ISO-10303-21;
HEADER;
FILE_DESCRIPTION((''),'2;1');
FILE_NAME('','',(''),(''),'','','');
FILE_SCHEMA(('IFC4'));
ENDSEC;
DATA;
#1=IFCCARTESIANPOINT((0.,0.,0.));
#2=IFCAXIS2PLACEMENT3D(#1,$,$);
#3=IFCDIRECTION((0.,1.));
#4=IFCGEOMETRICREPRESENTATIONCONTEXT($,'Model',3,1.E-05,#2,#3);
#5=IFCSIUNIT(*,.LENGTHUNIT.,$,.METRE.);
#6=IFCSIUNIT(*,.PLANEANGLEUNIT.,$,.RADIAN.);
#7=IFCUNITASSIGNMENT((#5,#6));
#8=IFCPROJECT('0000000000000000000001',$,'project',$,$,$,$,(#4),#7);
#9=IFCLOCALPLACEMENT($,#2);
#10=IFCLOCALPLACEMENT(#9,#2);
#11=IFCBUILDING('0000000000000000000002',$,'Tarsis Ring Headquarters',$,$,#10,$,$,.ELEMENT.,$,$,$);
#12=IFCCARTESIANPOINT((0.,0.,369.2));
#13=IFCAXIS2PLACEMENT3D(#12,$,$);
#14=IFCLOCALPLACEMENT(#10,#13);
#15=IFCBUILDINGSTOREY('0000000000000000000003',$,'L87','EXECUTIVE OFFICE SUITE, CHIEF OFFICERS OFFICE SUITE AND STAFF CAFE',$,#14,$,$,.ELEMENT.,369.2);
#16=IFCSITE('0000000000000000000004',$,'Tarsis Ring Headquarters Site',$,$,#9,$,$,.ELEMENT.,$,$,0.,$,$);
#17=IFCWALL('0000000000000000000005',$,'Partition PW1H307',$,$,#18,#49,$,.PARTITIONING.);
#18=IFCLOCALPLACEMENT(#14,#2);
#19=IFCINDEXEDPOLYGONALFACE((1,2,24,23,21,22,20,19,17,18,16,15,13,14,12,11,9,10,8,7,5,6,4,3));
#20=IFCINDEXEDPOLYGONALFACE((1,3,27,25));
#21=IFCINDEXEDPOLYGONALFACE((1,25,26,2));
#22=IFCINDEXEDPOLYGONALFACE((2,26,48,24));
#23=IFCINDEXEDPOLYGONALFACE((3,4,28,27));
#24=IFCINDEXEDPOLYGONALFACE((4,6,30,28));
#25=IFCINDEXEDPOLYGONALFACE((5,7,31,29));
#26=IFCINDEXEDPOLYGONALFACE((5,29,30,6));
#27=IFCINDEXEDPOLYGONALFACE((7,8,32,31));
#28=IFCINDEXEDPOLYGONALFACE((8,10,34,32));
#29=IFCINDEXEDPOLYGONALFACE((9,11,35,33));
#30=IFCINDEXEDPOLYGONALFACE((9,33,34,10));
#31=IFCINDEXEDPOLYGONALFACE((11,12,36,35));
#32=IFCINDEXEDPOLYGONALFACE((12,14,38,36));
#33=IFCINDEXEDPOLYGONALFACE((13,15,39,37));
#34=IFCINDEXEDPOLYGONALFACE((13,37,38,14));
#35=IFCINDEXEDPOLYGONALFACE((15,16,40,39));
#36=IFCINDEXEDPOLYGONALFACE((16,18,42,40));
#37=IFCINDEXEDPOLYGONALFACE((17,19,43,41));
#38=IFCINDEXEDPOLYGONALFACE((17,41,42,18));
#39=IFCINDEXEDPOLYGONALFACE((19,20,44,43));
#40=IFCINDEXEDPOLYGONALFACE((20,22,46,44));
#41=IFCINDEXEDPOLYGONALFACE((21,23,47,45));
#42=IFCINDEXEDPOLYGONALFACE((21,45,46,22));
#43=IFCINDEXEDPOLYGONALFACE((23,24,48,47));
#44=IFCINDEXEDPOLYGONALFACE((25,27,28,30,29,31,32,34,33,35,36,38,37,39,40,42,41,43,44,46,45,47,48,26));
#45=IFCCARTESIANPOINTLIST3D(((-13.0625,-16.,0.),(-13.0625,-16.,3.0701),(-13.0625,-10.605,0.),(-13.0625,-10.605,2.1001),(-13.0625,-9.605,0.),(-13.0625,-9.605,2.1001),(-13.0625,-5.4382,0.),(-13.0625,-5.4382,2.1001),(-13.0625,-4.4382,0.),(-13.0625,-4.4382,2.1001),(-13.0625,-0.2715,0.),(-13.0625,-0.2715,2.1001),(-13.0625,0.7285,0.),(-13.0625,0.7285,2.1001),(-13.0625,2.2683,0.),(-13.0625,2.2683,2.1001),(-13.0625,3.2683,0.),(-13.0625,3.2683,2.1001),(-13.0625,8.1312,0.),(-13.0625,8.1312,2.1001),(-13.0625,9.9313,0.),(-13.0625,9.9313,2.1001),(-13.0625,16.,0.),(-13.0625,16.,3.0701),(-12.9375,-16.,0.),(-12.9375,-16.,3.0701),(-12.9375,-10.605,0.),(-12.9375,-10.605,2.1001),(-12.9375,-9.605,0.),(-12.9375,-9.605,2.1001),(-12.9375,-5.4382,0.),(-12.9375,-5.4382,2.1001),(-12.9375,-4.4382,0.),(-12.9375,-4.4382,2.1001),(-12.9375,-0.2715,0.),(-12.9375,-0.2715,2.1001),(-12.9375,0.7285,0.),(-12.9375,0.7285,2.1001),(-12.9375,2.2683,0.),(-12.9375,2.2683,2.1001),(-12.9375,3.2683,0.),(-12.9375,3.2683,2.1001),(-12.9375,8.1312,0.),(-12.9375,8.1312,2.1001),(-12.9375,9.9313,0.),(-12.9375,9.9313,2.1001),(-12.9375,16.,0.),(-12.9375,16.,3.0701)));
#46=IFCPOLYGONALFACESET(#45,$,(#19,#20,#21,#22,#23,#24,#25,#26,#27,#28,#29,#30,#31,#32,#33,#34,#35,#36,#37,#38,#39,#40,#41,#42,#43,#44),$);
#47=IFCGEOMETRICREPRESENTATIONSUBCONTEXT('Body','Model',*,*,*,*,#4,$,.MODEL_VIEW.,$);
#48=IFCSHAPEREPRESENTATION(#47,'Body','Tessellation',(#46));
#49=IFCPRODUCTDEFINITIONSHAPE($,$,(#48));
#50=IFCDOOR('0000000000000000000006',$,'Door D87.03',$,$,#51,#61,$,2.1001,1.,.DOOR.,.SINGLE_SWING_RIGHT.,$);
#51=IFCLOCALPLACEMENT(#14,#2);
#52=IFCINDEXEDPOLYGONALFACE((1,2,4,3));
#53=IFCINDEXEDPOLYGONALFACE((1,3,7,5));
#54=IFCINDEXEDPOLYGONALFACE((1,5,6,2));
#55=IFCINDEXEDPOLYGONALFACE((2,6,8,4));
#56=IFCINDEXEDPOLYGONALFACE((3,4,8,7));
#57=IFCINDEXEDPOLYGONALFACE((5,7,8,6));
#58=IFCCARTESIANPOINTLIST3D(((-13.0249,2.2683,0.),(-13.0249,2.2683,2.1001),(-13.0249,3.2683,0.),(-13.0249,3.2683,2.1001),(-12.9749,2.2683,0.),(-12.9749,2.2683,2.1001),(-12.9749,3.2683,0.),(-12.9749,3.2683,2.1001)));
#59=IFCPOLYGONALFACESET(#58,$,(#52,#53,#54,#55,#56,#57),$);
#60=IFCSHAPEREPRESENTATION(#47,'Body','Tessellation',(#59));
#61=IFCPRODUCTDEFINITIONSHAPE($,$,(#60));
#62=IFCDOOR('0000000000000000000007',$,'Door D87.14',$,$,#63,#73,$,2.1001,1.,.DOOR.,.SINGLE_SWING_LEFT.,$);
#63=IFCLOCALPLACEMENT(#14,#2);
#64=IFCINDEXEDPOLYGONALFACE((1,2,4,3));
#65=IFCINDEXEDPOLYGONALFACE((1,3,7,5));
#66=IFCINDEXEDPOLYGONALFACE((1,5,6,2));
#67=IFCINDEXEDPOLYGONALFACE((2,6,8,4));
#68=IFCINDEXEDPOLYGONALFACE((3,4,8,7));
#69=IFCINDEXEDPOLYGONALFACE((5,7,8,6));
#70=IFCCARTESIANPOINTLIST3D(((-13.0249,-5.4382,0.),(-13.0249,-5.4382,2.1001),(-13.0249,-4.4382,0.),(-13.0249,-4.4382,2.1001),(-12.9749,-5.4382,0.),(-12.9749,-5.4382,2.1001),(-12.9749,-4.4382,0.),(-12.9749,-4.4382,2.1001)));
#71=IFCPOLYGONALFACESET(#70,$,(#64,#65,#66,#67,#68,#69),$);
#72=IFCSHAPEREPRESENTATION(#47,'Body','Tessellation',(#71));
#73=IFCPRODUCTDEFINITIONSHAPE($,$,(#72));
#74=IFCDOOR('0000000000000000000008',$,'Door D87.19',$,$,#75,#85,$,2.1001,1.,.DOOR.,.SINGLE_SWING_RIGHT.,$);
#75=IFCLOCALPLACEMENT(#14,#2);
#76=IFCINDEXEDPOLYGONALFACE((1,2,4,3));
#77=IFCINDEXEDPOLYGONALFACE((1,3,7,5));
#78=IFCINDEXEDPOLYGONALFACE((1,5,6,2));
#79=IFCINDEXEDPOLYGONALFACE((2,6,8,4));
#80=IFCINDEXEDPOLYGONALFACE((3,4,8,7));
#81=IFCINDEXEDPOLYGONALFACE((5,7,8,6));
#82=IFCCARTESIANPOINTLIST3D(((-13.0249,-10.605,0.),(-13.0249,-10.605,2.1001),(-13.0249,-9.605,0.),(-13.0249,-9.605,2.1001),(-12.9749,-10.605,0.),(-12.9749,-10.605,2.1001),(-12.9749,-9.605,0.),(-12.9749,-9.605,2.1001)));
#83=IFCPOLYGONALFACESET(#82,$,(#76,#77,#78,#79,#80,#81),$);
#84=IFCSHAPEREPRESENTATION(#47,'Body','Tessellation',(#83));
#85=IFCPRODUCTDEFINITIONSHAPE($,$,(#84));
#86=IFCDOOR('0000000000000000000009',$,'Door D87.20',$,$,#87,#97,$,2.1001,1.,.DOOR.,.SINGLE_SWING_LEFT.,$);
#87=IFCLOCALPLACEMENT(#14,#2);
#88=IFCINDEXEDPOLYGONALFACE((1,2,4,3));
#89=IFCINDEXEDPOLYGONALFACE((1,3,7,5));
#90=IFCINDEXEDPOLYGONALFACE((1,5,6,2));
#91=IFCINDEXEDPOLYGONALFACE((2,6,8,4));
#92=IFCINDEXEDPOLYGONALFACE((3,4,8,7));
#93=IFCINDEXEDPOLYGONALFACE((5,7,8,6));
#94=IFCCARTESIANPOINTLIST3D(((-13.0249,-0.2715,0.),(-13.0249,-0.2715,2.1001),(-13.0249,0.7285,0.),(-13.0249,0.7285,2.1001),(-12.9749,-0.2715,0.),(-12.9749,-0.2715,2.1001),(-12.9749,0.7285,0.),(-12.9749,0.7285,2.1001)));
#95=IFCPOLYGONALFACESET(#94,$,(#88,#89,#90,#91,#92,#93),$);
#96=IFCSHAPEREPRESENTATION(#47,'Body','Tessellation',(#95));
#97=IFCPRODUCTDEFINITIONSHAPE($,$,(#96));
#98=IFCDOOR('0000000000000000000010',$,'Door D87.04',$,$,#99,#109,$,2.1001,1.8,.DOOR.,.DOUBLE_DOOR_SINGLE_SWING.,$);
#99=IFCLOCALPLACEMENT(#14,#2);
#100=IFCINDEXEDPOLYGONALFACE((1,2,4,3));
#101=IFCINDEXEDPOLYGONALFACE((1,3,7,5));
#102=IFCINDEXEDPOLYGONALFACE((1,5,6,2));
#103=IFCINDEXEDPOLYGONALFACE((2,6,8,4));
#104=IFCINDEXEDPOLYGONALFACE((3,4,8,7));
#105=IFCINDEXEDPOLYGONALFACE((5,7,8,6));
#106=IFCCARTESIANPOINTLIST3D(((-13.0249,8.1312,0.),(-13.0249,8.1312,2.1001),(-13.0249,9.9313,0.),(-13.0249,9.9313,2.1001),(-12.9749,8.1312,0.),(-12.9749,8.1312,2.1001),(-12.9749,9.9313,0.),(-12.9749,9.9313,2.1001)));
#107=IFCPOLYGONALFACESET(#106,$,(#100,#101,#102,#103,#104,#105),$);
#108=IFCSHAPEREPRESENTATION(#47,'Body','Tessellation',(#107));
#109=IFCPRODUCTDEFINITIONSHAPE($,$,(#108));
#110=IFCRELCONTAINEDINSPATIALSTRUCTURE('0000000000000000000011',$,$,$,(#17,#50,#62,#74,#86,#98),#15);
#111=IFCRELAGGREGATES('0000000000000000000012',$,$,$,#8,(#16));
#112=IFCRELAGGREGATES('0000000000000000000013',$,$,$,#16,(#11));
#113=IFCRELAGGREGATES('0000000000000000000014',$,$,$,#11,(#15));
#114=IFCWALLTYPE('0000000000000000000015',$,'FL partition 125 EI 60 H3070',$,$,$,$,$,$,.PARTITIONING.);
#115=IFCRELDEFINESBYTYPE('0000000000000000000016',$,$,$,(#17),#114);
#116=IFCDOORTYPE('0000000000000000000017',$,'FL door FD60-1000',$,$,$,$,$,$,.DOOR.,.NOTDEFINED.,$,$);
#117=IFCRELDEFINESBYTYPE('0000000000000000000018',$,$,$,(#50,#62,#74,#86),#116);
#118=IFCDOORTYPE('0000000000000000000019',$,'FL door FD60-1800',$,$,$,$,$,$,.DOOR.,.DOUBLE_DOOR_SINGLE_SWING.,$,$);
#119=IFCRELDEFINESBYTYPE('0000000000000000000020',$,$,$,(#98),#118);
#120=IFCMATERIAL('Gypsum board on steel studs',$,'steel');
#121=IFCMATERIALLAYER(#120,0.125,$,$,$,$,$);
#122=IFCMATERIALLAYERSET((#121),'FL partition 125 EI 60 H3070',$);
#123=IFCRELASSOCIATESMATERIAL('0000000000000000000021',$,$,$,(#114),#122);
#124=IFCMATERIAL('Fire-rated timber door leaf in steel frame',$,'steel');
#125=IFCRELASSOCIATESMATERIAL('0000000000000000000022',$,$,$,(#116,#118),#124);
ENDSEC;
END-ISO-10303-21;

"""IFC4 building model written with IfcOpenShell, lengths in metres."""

from ifc_helpers import new_model, si_unit, direction, frame, frame_2d, origin, place, context, subcontext, project, spatial, rectangle, extrude, material, layer, layer_set, type_object, element, fill, save


model = new_model("IFC4")

# Units and contexts
model_context = context("Model", 3, precision=1e-05, world=origin(), true_north=direction((0.0, 1.0)))
body_context = subcontext(model_context, "Body", "Model", "MODEL_VIEW")
ifc_project = project(units=[si_unit("LENGTHUNIT", "METRE"), si_unit("PLANEANGLEUNIT", "RADIAN")], contexts=[model_context])

# Site, building, storey
site_placement = place(None, origin())
site = spatial("IfcSite", under=ifc_project, at=site_placement, Name="Tarsis Ring Headquarters Site", CompositionType="ELEMENT", RefElevation=0.0)
building_placement = place(site_placement, origin())
building = spatial("IfcBuilding", under=site, at=building_placement, Name="Tarsis Ring Headquarters", CompositionType="ELEMENT")
storey_placement = place(building_placement, frame((0.0, 0.0, 369.2)))
storey = spatial("IfcBuildingStorey", under=building, at=storey_placement, Name="L87", Description="EXECUTIVE OFFICE SUITE, CHIEF OFFICERS OFFICE SUITE AND STAFF CAFE", CompositionType="ELEMENT", Elevation=369.2)

# Wall, openings, doors
ifc_material_1 = material(Name="Gypsum board on steel studs", Category="steel")
ifc_layer_1 = layer(ifc_material_1, 0.125)
ifc_layer_set_1 = layer_set([ifc_layer_1], Name="FL partition 125 EI 60 H3070")
wall_type_1 = type_object("IfcWallType", Name="FL partition 125 EI 60 H3070", PredefinedType="PARTITIONING", material=ifc_layer_set_1)
wall_1_placement = place(storey_placement, frame((-13.0, -16.0, 0.0), z_axis=(0.0, 0.0, 1.0), x_axis=(0.0, 1.0, 0.0)))
wall_1 = element("IfcWall", 1, at=wall_1_placement, inside=storey, type_object=wall_type_1, Name="Partition PW1H307", PredefinedType="PARTITIONING", context=body_context, shape_type="SweptSolid", body=[
    extrude(rectangle(XDim=32.0, YDim=0.125, at=frame_2d((16.0, 0.0))), origin(), (0.0, 0.0, 1.0), 3.0701),
])
opening_1_placement = place(wall_1_placement, frame((18.2683, 0.0, 0.0)))
opening_1 = element("IfcOpeningElement", 2, at=opening_1_placement, cuts=wall_1, PredefinedType="OPENING", context=body_context, shape_type="SweptSolid", body=[
    extrude(rectangle(XDim=1.0, YDim=2.1001, at=frame_2d((0.5, 1.05))), frame((0.0, 0.0725, 0.0), z_axis=(0.0, -1.0, 0.0), x_axis=(1.0, 0.0, 0.0)), (0.0, 0.0, 1.0), 0.145),
])
opening_2_placement = place(wall_1_placement, frame((24.1313, 0.0, 0.0)))
opening_2 = element("IfcOpeningElement", 3, at=opening_2_placement, cuts=wall_1, PredefinedType="OPENING", context=body_context, shape_type="SweptSolid", body=[
    extrude(rectangle(XDim=1.8, YDim=2.1001, at=frame_2d((0.8999, 1.05))), frame((0.0, 0.0725, 0.0), z_axis=(0.0, -1.0, 0.0), x_axis=(1.0, 0.0, 0.0)), (0.0, 0.0, 1.0), 0.145),
])
opening_3_placement = place(wall_1_placement, frame((10.5618, 0.0, 0.0)))
opening_3 = element("IfcOpeningElement", 4, at=opening_3_placement, cuts=wall_1, PredefinedType="OPENING", context=body_context, shape_type="SweptSolid", body=[
    extrude(rectangle(XDim=1.0, YDim=2.1001, at=frame_2d((0.5, 1.05))), frame((0.0, 0.0725, 0.0), z_axis=(0.0, -1.0, 0.0), x_axis=(1.0, 0.0, 0.0)), (0.0, 0.0, 1.0), 0.145),
])
opening_4_placement = place(wall_1_placement, frame((5.395, 0.0, 0.0)))
opening_4 = element("IfcOpeningElement", 5, at=opening_4_placement, cuts=wall_1, PredefinedType="OPENING", context=body_context, shape_type="SweptSolid", body=[
    extrude(rectangle(XDim=1.0, YDim=2.1001, at=frame_2d((0.5, 1.05))), frame((0.0, 0.0725, 0.0), z_axis=(0.0, -1.0, 0.0), x_axis=(1.0, 0.0, 0.0)), (0.0, 0.0, 1.0), 0.145),
])
opening_5_placement = place(wall_1_placement, frame((15.7285, 0.0, 0.0)))
opening_5 = element("IfcOpeningElement", 6, at=opening_5_placement, cuts=wall_1, PredefinedType="OPENING", context=body_context, shape_type="SweptSolid", body=[
    extrude(rectangle(XDim=1.0, YDim=2.1001, at=frame_2d((0.5, 1.05))), frame((0.0, 0.0725, 0.0), z_axis=(0.0, -1.0, 0.0), x_axis=(1.0, 0.0, 0.0)), (0.0, 0.0, 1.0), 0.145),
])
ifc_material_2 = material(Name="Fire-rated timber door leaf in steel frame", Category="steel")
door_type_1 = type_object("IfcDoorType", Name="FL door FD60-1000", OperationType="NOTDEFINED", PredefinedType="DOOR", material=ifc_material_2)
door_1_placement = place(opening_1_placement, origin())
door_1 = element("IfcDoor", 7, at=door_1_placement, inside=storey, type_object=door_type_1, Name="Door D87.03", OperationType="SINGLE_SWING_RIGHT", OverallHeight=2.1001, OverallWidth=1.0, PredefinedType="DOOR", context=body_context, shape_type="SweptSolid", body=[
    extrude(rectangle(XDim=1.0, YDim=2.1001, at=frame_2d((0.5, 1.05))), frame((0.0, 0.0249, 0.0), z_axis=(0.0, -1.0, 0.0), x_axis=(1.0, 0.0, 0.0)), (0.0, 0.0, 1.0), 0.05),
])
fill(opening_1, door_1)
door_2_placement = place(opening_3_placement, origin())
door_2 = element("IfcDoor", 8, at=door_2_placement, inside=storey, type_object=door_type_1, Name="Door D87.14", OperationType="SINGLE_SWING_LEFT", OverallHeight=2.1001, OverallWidth=1.0, PredefinedType="DOOR", context=body_context, shape_type="SweptSolid", body=[
    extrude(rectangle(XDim=1.0, YDim=2.1001, at=frame_2d((0.5, 1.05))), frame((0.0, 0.0249, 0.0), z_axis=(0.0, -1.0, 0.0), x_axis=(1.0, 0.0, 0.0)), (0.0, 0.0, 1.0), 0.05),
])
fill(opening_3, door_2)
door_3_placement = place(opening_4_placement, origin())
door_3 = element("IfcDoor", 9, at=door_3_placement, inside=storey, type_object=door_type_1, Name="Door D87.19", OperationType="SINGLE_SWING_RIGHT", OverallHeight=2.1001, OverallWidth=1.0, PredefinedType="DOOR", context=body_context, shape_type="SweptSolid", body=[
    extrude(rectangle(XDim=1.0, YDim=2.1001, at=frame_2d((0.5, 1.05))), frame((0.0, 0.0249, 0.0), z_axis=(0.0, -1.0, 0.0), x_axis=(1.0, 0.0, 0.0)), (0.0, 0.0, 1.0), 0.05),
])
fill(opening_4, door_3)
door_4_placement = place(opening_5_placement, origin())
door_4 = element("IfcDoor", 10, at=door_4_placement, inside=storey, type_object=door_type_1, Name="Door D87.20", OperationType="SINGLE_SWING_LEFT", OverallHeight=2.1001, OverallWidth=1.0, PredefinedType="DOOR", context=body_context, shape_type="SweptSolid", body=[
    extrude(rectangle(XDim=1.0, YDim=2.1001, at=frame_2d((0.5, 1.05))), frame((0.0, 0.0249, 0.0), z_axis=(0.0, -1.0, 0.0), x_axis=(1.0, 0.0, 0.0)), (0.0, 0.0, 1.0), 0.05),
])
fill(opening_5, door_4)
door_type_2 = type_object("IfcDoorType", Name="FL door FD60-1800", OperationType="DOUBLE_DOOR_SINGLE_SWING", PredefinedType="DOOR", material=ifc_material_2)
door_5_placement = place(opening_2_placement, origin())
door_5 = element("IfcDoor", 11, at=door_5_placement, inside=storey, type_object=door_type_2, Name="Door D87.04", OperationType="DOUBLE_DOOR_SINGLE_SWING", OverallHeight=2.1001, OverallWidth=1.8, PredefinedType="DOOR", context=body_context, shape_type="SweptSolid", body=[
    extrude(rectangle(XDim=1.8, YDim=2.1001, at=frame_2d((0.8999, 1.05))), frame((0.0, 0.0249, 0.0), z_axis=(0.0, -1.0, 0.0), x_axis=(1.0, 0.0, 0.0)), (0.0, 0.0, 1.0), 0.05),
])
fill(opening_2, door_5)

save(model, "model.ifc")
